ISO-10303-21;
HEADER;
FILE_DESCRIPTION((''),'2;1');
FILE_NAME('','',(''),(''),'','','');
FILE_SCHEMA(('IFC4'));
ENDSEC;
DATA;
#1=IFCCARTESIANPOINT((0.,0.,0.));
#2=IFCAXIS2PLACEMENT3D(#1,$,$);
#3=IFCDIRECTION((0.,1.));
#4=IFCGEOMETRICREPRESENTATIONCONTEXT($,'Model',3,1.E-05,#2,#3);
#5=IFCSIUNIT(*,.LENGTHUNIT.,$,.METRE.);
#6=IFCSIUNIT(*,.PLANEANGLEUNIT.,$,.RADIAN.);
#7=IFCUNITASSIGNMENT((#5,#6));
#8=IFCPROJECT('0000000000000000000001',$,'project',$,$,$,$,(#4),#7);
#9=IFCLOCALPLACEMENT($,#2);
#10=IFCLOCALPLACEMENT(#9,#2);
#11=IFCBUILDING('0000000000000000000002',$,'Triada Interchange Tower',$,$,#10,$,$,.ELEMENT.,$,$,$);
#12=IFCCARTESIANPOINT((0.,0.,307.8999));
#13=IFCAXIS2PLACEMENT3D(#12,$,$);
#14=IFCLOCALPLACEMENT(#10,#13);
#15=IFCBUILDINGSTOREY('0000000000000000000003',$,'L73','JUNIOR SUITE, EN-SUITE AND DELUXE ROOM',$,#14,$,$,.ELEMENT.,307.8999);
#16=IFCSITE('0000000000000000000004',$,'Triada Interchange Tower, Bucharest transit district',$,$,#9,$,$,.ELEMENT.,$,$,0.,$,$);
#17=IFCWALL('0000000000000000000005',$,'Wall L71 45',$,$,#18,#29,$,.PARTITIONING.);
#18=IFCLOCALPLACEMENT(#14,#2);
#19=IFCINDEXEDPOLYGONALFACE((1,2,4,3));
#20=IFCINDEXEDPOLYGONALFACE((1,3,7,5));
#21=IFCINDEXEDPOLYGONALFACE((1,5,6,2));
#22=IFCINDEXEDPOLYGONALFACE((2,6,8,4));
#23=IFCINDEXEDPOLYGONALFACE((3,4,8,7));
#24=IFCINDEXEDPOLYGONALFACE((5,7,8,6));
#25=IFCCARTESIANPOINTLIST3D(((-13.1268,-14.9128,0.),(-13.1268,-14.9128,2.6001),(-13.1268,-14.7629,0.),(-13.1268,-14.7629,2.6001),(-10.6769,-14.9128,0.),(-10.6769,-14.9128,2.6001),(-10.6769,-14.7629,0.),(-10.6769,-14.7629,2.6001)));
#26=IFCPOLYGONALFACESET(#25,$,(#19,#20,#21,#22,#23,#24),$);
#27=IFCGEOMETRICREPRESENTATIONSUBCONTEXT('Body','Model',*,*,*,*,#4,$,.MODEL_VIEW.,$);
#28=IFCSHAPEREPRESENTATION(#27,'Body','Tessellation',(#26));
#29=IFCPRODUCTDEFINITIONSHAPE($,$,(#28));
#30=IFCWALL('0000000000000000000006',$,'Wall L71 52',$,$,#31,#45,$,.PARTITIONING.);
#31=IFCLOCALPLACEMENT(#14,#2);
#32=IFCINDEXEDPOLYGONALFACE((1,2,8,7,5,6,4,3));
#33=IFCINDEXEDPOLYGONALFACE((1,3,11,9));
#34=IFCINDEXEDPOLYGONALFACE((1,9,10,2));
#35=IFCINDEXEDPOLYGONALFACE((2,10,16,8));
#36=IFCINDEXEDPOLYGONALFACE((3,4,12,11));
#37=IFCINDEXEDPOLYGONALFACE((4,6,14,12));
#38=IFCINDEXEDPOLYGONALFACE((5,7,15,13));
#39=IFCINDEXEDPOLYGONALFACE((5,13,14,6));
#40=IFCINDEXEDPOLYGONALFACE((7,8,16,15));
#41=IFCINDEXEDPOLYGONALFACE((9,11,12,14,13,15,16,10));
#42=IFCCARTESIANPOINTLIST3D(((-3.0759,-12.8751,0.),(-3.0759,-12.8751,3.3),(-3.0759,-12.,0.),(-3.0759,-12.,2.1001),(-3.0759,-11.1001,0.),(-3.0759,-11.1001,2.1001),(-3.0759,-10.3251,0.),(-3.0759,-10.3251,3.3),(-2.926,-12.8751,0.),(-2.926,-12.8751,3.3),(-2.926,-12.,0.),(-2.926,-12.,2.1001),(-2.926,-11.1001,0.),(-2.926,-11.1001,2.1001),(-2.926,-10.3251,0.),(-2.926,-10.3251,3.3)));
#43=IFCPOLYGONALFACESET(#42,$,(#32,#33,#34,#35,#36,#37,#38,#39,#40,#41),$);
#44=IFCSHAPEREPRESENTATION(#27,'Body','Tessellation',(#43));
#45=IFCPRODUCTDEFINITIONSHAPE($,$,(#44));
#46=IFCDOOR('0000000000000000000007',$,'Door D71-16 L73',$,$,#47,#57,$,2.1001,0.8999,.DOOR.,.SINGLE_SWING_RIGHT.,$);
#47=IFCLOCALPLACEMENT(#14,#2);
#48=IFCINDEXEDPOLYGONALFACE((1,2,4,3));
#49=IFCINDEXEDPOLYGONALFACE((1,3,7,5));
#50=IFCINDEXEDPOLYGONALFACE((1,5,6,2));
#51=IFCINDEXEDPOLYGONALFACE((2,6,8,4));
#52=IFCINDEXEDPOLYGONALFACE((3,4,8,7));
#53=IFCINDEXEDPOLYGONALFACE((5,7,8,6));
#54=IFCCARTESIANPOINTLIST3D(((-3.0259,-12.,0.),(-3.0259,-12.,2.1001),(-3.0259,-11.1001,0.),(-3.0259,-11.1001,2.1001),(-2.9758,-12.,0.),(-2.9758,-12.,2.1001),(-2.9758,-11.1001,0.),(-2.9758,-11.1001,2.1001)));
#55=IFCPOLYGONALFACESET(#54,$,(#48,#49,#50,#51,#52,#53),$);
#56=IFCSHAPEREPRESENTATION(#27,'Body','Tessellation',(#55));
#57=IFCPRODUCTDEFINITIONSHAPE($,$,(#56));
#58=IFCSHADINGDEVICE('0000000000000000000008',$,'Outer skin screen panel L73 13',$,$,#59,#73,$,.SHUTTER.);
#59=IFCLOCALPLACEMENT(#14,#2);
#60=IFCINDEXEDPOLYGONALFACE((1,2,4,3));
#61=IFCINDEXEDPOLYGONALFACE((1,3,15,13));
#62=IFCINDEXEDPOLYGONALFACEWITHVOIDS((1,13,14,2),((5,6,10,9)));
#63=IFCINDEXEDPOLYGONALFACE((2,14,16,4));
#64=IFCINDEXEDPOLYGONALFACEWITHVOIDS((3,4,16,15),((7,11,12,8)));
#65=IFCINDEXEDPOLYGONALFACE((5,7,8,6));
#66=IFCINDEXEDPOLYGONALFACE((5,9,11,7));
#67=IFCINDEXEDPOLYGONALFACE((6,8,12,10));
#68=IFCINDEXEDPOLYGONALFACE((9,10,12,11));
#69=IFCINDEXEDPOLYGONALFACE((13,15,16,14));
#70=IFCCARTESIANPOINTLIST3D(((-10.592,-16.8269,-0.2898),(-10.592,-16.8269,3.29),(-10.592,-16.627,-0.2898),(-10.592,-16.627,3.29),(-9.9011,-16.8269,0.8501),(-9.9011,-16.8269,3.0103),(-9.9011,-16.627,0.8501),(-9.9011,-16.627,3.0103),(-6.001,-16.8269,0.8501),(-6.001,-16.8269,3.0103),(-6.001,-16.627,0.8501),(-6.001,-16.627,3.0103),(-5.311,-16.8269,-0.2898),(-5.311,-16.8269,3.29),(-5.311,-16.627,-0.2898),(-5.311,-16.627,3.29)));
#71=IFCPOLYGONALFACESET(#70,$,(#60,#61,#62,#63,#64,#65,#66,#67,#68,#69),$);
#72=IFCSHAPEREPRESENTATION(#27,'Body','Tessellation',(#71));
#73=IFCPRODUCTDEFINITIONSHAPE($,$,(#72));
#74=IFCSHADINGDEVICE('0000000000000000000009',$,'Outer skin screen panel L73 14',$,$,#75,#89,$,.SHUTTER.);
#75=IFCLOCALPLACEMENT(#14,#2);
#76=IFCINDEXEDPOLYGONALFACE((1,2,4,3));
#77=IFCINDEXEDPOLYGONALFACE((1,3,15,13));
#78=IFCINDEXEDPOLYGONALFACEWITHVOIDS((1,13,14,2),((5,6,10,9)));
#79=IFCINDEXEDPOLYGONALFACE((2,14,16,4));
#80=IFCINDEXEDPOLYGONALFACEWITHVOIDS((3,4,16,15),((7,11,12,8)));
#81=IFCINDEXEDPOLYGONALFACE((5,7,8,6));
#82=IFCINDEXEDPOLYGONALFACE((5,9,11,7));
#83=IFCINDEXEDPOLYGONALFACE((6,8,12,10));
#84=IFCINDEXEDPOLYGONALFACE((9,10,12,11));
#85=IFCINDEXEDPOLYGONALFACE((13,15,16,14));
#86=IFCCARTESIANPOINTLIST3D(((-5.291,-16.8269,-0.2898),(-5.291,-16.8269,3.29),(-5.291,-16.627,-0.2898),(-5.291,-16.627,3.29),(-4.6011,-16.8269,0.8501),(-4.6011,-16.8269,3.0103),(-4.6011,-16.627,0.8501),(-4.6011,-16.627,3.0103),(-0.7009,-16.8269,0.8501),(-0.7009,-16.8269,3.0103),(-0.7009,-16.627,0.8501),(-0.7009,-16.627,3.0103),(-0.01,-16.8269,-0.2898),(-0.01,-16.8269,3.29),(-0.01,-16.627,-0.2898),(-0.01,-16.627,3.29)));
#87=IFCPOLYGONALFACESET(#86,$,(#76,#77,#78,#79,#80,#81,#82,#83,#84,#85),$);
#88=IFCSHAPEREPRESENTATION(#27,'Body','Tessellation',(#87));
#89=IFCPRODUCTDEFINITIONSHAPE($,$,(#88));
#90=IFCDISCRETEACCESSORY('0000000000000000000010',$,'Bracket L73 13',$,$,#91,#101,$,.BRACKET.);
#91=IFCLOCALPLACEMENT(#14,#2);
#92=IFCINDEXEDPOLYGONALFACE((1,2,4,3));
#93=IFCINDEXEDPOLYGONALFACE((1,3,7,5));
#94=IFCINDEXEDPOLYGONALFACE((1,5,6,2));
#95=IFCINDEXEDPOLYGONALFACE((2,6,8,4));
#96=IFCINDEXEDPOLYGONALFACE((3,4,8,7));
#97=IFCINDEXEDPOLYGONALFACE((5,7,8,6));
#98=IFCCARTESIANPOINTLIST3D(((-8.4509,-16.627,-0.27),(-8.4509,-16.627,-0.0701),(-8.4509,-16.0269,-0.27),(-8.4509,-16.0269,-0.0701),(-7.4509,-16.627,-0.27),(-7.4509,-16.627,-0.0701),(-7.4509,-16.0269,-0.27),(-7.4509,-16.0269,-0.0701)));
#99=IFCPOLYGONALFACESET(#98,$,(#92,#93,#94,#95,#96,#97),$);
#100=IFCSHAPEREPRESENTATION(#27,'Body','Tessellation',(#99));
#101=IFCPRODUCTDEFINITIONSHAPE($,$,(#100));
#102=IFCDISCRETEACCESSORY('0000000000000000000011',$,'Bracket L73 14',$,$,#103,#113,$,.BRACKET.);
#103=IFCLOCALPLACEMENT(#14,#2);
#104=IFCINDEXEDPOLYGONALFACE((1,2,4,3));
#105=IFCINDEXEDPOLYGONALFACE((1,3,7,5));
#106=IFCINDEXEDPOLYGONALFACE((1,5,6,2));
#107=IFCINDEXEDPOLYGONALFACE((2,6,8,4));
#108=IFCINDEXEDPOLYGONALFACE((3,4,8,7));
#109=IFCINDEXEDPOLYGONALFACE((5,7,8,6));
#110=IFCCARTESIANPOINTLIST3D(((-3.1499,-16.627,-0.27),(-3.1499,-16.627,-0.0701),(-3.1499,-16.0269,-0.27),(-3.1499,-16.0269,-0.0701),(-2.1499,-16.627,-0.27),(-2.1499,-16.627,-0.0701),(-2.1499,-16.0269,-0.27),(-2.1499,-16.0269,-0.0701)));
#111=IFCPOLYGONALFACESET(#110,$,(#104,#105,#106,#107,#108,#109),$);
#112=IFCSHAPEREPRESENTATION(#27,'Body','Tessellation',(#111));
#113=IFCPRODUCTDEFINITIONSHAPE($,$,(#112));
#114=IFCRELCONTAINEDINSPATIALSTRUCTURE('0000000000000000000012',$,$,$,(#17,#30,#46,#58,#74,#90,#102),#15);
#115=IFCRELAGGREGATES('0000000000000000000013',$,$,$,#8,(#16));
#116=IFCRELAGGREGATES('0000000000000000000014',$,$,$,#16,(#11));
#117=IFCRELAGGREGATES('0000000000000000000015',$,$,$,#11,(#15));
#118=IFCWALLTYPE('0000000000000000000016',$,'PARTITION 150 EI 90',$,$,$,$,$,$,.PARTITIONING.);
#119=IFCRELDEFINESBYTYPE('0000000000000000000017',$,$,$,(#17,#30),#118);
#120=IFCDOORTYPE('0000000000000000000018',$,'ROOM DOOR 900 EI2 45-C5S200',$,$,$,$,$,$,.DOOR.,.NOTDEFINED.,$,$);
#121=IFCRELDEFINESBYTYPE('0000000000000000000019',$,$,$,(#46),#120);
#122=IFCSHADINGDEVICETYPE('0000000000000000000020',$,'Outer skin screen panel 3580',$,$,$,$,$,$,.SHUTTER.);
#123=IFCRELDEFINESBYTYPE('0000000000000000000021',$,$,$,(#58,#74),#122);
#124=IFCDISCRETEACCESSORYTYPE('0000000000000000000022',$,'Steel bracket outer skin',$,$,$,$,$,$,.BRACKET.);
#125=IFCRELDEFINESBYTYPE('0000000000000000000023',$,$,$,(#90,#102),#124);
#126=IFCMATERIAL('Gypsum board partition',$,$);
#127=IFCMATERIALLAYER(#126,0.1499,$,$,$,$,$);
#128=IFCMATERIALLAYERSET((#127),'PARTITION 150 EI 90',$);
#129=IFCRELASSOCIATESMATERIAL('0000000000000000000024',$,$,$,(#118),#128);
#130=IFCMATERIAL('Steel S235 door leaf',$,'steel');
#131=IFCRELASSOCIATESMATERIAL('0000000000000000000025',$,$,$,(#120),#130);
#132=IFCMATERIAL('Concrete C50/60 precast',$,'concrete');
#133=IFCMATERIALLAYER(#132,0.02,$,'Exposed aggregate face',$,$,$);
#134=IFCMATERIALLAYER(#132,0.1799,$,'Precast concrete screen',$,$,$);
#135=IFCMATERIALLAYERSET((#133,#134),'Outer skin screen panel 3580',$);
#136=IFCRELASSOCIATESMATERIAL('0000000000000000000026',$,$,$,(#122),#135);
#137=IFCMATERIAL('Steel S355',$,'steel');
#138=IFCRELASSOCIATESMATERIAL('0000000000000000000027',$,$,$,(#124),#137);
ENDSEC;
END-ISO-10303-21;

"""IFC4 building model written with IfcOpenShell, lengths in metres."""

from ifc_helpers import new_model, si_unit, direction, frame, frame_2d, origin, origin_2d, place, context, subcontext, project, spatial, polyline, rectangle, outline, extrude, material, layer, layer_set, type_object, element, fill, save


model = new_model("IFC4")

# Units and contexts
model_context = context("Model", 3, precision=1e-05, world=origin(), true_north=direction((0.0, 1.0)))
body_context = subcontext(model_context, "Body", "Model", "MODEL_VIEW")
ifc_project = project(units=[si_unit("LENGTHUNIT", "METRE"), si_unit("PLANEANGLEUNIT", "RADIAN")], contexts=[model_context])

# Site, building, storey
site_placement = place(None, origin())
site = spatial("IfcSite", under=ifc_project, at=site_placement, Name="Triada Interchange Tower, Bucharest transit district", CompositionType="ELEMENT", RefElevation=0.0)
building_placement = place(site_placement, origin())
building = spatial("IfcBuilding", under=site, at=building_placement, Name="Triada Interchange Tower", CompositionType="ELEMENT")
storey_placement = place(building_placement, frame((0.0, 0.0, 307.8999)))
storey = spatial("IfcBuildingStorey", under=building, at=storey_placement, Name="L73", Description="JUNIOR SUITE, EN-SUITE AND DELUXE ROOM", CompositionType="ELEMENT", Elevation=307.8999)

# Shared definitions
ifc_material_1 = material(Name="Gypsum board partition")
ifc_layer_1 = layer(ifc_material_1, 0.1499)
ifc_layer_set_1 = layer_set([ifc_layer_1], Name="PARTITION 150 EI 90")
wall_type_1 = type_object("IfcWallType", Name="PARTITION 150 EI 90", PredefinedType="PARTITIONING", material=ifc_layer_set_1)

# Shared definitions
ifc_material_2 = material(Name="Steel S235 door leaf", Category="steel")
door_type = type_object("IfcDoorType", Name="ROOM DOOR 900 EI2 45-C5S200", OperationType="NOTDEFINED", PredefinedType="DOOR", material=ifc_material_2)

# Wall
wall_1_placement = place(storey_placement, frame((-13.127, -14.8379, 0.0), z_axis=(0.0, 0.0, 1.0), x_axis=(1.0, 0.0, 0.0)))
element("IfcWall", 1, at=wall_1_placement, inside=storey, type_object=wall_type_1, Name="Wall L71 45", PredefinedType="PARTITIONING", context=body_context, shape_type="SweptSolid", body=[
    extrude(rectangle(XDim=2.45, YDim=0.1499, at=frame_2d((1.2251, 0.0))), origin(), (0.0, 0.0, 1.0), 2.6001),
])

# Wall, opening, door
wall_2_placement = place(storey_placement, frame((-3.001, -12.875, 0.0), z_axis=(0.0, 0.0, 1.0), x_axis=(0.0, 1.0, 0.0)))
wall_2 = element("IfcWall", 2, at=wall_2_placement, inside=storey, type_object=wall_type_1, Name="Wall L71 52", PredefinedType="PARTITIONING", context=body_context, shape_type="SweptSolid", body=[
    extrude(rectangle(XDim=2.55, YDim=0.1499, at=frame_2d((1.2749, 0.0))), origin(), (0.0, 0.0, 1.0), 3.3),
])
opening_1_placement = place(wall_2_placement, frame((0.875, 0.0, 0.0)))
opening_1 = element("IfcOpeningElement", 3, at=opening_1_placement, cuts=wall_2, PredefinedType="OPENING", context=body_context, shape_type="SweptSolid", body=[
    extrude(rectangle(XDim=0.8999, YDim=2.1001, at=frame_2d((0.45, 1.05))), frame((0.0, 0.085, 0.0), z_axis=(0.0, -1.0, 0.0), x_axis=(1.0, 0.0, 0.0)), (0.0, 0.0, 1.0), 0.1699),
])
door_1_placement = place(opening_1_placement, origin())
door_1 = element("IfcDoor", 4, at=door_1_placement, inside=storey, type_object=door_type, Name="Door D71-16 L73", OperationType="SINGLE_SWING_RIGHT", OverallHeight=2.1001, OverallWidth=0.8999, PredefinedType="DOOR", context=body_context, shape_type="SweptSolid", body=[
    extrude(rectangle(XDim=0.8999, YDim=2.1001, at=frame_2d((0.45, 1.05))), frame((0.0, 0.0249, 0.0), z_axis=(0.0, -1.0, 0.0), x_axis=(1.0, 0.0, 0.0)), (0.0, 0.0, 1.0), 0.05),
])
fill(opening_1, door_1)

# Shading devices
ifc_material_3 = material(Name="Concrete C50/60 precast", Category="concrete")
ifc_layer_2 = layer(ifc_material_3, 0.02, Name="Exposed aggregate face")
ifc_layer_3 = layer(ifc_material_3, 0.1799, Name="Precast concrete screen")
ifc_layer_set_2 = layer_set([ifc_layer_2, ifc_layer_3], Name="Outer skin screen panel 3580")
shading_device_type = type_object("IfcShadingDeviceType", Name="Outer skin screen panel 3580", PredefinedType="SHUTTER", material=ifc_layer_set_2)
shading_device_1_placement = place(storey_placement, frame((-10.592, -16.627, -0.2898), z_axis=(0.0, 0.0, 1.0), x_axis=(1.0, 0.0, 0.0)))
element("IfcShadingDevice", 5, at=shading_device_1_placement, inside=storey, type_object=shading_device_type, Name="Outer skin screen panel L73 13", PredefinedType="SHUTTER", context=body_context, shape_type="SweptSolid", body=[
    extrude(outline(polyline([(0.0, 0.0), (5.281, 0.0), (5.281, 3.5798), (0.0, 3.5798), (0.0, 0.0)]), holes=[polyline([(0.6909, 1.1399), (0.6909, 3.3), (4.5911, 3.3), (4.5911, 1.1399), (0.6909, 1.1399)])]), frame((0.0, 0.0, 0.0), z_axis=(0.0, -1.0, 0.0), x_axis=(1.0, 0.0, 0.0)), (0.0, 0.0, 1.0), 0.2),
])
shading_device_2_placement = place(storey_placement, frame((-5.291, -16.627, -0.2898), z_axis=(0.0, 0.0, 1.0), x_axis=(1.0, 0.0, 0.0)))
element("IfcShadingDevice", 6, at=shading_device_2_placement, inside=storey, type_object=shading_device_type, Name="Outer skin screen panel L73 14", PredefinedType="SHUTTER", context=body_context, shape_type="SweptSolid", body=[
    extrude(outline(polyline([(0.0, 0.0), (5.281, 0.0), (5.281, 3.5798), (0.0, 3.5798), (0.0, 0.0)]), holes=[polyline([(0.6899, 1.1399), (0.6899, 3.3), (4.5901, 3.3), (4.5901, 1.1399), (0.6899, 1.1399)])]), frame((0.0, 0.0, 0.0), z_axis=(0.0, -1.0, 0.0), x_axis=(1.0, 0.0, 0.0)), (0.0, 0.0, 1.0), 0.2),
])

# Discrete accessories
ifc_material_4 = material(Name="Steel S355", Category="steel")
discrete_accessory_type = type_object("IfcDiscreteAccessoryType", Name="Steel bracket outer skin", PredefinedType="BRACKET", material=ifc_material_4)
for number, where, z_axis, x_axis, name in (
    (7, (-7.9509, -16.3269, -0.27), (0.0, 0.0, 1.0), (0.0, -1.0, 0.0), "Bracket L73 13"),
    (8, (-2.6499, -16.3269, -0.27), (0.0, 0.0, 1.0), (0.0, -1.0, 0.0), "Bracket L73 14"),
):
    element("IfcDiscreteAccessory", number, at=place(storey_placement, frame(where, z_axis=z_axis, x_axis=x_axis)), inside=storey, type_object=discrete_accessory_type, Name=name, PredefinedType="BRACKET", context=body_context, shape_type="SweptSolid", body=[
        extrude(rectangle(XDim=0.6001, YDim=1.0, at=origin_2d()), origin(), (0.0, 0.0, 1.0), 0.2),
    ])

save(model, "model.ifc")
